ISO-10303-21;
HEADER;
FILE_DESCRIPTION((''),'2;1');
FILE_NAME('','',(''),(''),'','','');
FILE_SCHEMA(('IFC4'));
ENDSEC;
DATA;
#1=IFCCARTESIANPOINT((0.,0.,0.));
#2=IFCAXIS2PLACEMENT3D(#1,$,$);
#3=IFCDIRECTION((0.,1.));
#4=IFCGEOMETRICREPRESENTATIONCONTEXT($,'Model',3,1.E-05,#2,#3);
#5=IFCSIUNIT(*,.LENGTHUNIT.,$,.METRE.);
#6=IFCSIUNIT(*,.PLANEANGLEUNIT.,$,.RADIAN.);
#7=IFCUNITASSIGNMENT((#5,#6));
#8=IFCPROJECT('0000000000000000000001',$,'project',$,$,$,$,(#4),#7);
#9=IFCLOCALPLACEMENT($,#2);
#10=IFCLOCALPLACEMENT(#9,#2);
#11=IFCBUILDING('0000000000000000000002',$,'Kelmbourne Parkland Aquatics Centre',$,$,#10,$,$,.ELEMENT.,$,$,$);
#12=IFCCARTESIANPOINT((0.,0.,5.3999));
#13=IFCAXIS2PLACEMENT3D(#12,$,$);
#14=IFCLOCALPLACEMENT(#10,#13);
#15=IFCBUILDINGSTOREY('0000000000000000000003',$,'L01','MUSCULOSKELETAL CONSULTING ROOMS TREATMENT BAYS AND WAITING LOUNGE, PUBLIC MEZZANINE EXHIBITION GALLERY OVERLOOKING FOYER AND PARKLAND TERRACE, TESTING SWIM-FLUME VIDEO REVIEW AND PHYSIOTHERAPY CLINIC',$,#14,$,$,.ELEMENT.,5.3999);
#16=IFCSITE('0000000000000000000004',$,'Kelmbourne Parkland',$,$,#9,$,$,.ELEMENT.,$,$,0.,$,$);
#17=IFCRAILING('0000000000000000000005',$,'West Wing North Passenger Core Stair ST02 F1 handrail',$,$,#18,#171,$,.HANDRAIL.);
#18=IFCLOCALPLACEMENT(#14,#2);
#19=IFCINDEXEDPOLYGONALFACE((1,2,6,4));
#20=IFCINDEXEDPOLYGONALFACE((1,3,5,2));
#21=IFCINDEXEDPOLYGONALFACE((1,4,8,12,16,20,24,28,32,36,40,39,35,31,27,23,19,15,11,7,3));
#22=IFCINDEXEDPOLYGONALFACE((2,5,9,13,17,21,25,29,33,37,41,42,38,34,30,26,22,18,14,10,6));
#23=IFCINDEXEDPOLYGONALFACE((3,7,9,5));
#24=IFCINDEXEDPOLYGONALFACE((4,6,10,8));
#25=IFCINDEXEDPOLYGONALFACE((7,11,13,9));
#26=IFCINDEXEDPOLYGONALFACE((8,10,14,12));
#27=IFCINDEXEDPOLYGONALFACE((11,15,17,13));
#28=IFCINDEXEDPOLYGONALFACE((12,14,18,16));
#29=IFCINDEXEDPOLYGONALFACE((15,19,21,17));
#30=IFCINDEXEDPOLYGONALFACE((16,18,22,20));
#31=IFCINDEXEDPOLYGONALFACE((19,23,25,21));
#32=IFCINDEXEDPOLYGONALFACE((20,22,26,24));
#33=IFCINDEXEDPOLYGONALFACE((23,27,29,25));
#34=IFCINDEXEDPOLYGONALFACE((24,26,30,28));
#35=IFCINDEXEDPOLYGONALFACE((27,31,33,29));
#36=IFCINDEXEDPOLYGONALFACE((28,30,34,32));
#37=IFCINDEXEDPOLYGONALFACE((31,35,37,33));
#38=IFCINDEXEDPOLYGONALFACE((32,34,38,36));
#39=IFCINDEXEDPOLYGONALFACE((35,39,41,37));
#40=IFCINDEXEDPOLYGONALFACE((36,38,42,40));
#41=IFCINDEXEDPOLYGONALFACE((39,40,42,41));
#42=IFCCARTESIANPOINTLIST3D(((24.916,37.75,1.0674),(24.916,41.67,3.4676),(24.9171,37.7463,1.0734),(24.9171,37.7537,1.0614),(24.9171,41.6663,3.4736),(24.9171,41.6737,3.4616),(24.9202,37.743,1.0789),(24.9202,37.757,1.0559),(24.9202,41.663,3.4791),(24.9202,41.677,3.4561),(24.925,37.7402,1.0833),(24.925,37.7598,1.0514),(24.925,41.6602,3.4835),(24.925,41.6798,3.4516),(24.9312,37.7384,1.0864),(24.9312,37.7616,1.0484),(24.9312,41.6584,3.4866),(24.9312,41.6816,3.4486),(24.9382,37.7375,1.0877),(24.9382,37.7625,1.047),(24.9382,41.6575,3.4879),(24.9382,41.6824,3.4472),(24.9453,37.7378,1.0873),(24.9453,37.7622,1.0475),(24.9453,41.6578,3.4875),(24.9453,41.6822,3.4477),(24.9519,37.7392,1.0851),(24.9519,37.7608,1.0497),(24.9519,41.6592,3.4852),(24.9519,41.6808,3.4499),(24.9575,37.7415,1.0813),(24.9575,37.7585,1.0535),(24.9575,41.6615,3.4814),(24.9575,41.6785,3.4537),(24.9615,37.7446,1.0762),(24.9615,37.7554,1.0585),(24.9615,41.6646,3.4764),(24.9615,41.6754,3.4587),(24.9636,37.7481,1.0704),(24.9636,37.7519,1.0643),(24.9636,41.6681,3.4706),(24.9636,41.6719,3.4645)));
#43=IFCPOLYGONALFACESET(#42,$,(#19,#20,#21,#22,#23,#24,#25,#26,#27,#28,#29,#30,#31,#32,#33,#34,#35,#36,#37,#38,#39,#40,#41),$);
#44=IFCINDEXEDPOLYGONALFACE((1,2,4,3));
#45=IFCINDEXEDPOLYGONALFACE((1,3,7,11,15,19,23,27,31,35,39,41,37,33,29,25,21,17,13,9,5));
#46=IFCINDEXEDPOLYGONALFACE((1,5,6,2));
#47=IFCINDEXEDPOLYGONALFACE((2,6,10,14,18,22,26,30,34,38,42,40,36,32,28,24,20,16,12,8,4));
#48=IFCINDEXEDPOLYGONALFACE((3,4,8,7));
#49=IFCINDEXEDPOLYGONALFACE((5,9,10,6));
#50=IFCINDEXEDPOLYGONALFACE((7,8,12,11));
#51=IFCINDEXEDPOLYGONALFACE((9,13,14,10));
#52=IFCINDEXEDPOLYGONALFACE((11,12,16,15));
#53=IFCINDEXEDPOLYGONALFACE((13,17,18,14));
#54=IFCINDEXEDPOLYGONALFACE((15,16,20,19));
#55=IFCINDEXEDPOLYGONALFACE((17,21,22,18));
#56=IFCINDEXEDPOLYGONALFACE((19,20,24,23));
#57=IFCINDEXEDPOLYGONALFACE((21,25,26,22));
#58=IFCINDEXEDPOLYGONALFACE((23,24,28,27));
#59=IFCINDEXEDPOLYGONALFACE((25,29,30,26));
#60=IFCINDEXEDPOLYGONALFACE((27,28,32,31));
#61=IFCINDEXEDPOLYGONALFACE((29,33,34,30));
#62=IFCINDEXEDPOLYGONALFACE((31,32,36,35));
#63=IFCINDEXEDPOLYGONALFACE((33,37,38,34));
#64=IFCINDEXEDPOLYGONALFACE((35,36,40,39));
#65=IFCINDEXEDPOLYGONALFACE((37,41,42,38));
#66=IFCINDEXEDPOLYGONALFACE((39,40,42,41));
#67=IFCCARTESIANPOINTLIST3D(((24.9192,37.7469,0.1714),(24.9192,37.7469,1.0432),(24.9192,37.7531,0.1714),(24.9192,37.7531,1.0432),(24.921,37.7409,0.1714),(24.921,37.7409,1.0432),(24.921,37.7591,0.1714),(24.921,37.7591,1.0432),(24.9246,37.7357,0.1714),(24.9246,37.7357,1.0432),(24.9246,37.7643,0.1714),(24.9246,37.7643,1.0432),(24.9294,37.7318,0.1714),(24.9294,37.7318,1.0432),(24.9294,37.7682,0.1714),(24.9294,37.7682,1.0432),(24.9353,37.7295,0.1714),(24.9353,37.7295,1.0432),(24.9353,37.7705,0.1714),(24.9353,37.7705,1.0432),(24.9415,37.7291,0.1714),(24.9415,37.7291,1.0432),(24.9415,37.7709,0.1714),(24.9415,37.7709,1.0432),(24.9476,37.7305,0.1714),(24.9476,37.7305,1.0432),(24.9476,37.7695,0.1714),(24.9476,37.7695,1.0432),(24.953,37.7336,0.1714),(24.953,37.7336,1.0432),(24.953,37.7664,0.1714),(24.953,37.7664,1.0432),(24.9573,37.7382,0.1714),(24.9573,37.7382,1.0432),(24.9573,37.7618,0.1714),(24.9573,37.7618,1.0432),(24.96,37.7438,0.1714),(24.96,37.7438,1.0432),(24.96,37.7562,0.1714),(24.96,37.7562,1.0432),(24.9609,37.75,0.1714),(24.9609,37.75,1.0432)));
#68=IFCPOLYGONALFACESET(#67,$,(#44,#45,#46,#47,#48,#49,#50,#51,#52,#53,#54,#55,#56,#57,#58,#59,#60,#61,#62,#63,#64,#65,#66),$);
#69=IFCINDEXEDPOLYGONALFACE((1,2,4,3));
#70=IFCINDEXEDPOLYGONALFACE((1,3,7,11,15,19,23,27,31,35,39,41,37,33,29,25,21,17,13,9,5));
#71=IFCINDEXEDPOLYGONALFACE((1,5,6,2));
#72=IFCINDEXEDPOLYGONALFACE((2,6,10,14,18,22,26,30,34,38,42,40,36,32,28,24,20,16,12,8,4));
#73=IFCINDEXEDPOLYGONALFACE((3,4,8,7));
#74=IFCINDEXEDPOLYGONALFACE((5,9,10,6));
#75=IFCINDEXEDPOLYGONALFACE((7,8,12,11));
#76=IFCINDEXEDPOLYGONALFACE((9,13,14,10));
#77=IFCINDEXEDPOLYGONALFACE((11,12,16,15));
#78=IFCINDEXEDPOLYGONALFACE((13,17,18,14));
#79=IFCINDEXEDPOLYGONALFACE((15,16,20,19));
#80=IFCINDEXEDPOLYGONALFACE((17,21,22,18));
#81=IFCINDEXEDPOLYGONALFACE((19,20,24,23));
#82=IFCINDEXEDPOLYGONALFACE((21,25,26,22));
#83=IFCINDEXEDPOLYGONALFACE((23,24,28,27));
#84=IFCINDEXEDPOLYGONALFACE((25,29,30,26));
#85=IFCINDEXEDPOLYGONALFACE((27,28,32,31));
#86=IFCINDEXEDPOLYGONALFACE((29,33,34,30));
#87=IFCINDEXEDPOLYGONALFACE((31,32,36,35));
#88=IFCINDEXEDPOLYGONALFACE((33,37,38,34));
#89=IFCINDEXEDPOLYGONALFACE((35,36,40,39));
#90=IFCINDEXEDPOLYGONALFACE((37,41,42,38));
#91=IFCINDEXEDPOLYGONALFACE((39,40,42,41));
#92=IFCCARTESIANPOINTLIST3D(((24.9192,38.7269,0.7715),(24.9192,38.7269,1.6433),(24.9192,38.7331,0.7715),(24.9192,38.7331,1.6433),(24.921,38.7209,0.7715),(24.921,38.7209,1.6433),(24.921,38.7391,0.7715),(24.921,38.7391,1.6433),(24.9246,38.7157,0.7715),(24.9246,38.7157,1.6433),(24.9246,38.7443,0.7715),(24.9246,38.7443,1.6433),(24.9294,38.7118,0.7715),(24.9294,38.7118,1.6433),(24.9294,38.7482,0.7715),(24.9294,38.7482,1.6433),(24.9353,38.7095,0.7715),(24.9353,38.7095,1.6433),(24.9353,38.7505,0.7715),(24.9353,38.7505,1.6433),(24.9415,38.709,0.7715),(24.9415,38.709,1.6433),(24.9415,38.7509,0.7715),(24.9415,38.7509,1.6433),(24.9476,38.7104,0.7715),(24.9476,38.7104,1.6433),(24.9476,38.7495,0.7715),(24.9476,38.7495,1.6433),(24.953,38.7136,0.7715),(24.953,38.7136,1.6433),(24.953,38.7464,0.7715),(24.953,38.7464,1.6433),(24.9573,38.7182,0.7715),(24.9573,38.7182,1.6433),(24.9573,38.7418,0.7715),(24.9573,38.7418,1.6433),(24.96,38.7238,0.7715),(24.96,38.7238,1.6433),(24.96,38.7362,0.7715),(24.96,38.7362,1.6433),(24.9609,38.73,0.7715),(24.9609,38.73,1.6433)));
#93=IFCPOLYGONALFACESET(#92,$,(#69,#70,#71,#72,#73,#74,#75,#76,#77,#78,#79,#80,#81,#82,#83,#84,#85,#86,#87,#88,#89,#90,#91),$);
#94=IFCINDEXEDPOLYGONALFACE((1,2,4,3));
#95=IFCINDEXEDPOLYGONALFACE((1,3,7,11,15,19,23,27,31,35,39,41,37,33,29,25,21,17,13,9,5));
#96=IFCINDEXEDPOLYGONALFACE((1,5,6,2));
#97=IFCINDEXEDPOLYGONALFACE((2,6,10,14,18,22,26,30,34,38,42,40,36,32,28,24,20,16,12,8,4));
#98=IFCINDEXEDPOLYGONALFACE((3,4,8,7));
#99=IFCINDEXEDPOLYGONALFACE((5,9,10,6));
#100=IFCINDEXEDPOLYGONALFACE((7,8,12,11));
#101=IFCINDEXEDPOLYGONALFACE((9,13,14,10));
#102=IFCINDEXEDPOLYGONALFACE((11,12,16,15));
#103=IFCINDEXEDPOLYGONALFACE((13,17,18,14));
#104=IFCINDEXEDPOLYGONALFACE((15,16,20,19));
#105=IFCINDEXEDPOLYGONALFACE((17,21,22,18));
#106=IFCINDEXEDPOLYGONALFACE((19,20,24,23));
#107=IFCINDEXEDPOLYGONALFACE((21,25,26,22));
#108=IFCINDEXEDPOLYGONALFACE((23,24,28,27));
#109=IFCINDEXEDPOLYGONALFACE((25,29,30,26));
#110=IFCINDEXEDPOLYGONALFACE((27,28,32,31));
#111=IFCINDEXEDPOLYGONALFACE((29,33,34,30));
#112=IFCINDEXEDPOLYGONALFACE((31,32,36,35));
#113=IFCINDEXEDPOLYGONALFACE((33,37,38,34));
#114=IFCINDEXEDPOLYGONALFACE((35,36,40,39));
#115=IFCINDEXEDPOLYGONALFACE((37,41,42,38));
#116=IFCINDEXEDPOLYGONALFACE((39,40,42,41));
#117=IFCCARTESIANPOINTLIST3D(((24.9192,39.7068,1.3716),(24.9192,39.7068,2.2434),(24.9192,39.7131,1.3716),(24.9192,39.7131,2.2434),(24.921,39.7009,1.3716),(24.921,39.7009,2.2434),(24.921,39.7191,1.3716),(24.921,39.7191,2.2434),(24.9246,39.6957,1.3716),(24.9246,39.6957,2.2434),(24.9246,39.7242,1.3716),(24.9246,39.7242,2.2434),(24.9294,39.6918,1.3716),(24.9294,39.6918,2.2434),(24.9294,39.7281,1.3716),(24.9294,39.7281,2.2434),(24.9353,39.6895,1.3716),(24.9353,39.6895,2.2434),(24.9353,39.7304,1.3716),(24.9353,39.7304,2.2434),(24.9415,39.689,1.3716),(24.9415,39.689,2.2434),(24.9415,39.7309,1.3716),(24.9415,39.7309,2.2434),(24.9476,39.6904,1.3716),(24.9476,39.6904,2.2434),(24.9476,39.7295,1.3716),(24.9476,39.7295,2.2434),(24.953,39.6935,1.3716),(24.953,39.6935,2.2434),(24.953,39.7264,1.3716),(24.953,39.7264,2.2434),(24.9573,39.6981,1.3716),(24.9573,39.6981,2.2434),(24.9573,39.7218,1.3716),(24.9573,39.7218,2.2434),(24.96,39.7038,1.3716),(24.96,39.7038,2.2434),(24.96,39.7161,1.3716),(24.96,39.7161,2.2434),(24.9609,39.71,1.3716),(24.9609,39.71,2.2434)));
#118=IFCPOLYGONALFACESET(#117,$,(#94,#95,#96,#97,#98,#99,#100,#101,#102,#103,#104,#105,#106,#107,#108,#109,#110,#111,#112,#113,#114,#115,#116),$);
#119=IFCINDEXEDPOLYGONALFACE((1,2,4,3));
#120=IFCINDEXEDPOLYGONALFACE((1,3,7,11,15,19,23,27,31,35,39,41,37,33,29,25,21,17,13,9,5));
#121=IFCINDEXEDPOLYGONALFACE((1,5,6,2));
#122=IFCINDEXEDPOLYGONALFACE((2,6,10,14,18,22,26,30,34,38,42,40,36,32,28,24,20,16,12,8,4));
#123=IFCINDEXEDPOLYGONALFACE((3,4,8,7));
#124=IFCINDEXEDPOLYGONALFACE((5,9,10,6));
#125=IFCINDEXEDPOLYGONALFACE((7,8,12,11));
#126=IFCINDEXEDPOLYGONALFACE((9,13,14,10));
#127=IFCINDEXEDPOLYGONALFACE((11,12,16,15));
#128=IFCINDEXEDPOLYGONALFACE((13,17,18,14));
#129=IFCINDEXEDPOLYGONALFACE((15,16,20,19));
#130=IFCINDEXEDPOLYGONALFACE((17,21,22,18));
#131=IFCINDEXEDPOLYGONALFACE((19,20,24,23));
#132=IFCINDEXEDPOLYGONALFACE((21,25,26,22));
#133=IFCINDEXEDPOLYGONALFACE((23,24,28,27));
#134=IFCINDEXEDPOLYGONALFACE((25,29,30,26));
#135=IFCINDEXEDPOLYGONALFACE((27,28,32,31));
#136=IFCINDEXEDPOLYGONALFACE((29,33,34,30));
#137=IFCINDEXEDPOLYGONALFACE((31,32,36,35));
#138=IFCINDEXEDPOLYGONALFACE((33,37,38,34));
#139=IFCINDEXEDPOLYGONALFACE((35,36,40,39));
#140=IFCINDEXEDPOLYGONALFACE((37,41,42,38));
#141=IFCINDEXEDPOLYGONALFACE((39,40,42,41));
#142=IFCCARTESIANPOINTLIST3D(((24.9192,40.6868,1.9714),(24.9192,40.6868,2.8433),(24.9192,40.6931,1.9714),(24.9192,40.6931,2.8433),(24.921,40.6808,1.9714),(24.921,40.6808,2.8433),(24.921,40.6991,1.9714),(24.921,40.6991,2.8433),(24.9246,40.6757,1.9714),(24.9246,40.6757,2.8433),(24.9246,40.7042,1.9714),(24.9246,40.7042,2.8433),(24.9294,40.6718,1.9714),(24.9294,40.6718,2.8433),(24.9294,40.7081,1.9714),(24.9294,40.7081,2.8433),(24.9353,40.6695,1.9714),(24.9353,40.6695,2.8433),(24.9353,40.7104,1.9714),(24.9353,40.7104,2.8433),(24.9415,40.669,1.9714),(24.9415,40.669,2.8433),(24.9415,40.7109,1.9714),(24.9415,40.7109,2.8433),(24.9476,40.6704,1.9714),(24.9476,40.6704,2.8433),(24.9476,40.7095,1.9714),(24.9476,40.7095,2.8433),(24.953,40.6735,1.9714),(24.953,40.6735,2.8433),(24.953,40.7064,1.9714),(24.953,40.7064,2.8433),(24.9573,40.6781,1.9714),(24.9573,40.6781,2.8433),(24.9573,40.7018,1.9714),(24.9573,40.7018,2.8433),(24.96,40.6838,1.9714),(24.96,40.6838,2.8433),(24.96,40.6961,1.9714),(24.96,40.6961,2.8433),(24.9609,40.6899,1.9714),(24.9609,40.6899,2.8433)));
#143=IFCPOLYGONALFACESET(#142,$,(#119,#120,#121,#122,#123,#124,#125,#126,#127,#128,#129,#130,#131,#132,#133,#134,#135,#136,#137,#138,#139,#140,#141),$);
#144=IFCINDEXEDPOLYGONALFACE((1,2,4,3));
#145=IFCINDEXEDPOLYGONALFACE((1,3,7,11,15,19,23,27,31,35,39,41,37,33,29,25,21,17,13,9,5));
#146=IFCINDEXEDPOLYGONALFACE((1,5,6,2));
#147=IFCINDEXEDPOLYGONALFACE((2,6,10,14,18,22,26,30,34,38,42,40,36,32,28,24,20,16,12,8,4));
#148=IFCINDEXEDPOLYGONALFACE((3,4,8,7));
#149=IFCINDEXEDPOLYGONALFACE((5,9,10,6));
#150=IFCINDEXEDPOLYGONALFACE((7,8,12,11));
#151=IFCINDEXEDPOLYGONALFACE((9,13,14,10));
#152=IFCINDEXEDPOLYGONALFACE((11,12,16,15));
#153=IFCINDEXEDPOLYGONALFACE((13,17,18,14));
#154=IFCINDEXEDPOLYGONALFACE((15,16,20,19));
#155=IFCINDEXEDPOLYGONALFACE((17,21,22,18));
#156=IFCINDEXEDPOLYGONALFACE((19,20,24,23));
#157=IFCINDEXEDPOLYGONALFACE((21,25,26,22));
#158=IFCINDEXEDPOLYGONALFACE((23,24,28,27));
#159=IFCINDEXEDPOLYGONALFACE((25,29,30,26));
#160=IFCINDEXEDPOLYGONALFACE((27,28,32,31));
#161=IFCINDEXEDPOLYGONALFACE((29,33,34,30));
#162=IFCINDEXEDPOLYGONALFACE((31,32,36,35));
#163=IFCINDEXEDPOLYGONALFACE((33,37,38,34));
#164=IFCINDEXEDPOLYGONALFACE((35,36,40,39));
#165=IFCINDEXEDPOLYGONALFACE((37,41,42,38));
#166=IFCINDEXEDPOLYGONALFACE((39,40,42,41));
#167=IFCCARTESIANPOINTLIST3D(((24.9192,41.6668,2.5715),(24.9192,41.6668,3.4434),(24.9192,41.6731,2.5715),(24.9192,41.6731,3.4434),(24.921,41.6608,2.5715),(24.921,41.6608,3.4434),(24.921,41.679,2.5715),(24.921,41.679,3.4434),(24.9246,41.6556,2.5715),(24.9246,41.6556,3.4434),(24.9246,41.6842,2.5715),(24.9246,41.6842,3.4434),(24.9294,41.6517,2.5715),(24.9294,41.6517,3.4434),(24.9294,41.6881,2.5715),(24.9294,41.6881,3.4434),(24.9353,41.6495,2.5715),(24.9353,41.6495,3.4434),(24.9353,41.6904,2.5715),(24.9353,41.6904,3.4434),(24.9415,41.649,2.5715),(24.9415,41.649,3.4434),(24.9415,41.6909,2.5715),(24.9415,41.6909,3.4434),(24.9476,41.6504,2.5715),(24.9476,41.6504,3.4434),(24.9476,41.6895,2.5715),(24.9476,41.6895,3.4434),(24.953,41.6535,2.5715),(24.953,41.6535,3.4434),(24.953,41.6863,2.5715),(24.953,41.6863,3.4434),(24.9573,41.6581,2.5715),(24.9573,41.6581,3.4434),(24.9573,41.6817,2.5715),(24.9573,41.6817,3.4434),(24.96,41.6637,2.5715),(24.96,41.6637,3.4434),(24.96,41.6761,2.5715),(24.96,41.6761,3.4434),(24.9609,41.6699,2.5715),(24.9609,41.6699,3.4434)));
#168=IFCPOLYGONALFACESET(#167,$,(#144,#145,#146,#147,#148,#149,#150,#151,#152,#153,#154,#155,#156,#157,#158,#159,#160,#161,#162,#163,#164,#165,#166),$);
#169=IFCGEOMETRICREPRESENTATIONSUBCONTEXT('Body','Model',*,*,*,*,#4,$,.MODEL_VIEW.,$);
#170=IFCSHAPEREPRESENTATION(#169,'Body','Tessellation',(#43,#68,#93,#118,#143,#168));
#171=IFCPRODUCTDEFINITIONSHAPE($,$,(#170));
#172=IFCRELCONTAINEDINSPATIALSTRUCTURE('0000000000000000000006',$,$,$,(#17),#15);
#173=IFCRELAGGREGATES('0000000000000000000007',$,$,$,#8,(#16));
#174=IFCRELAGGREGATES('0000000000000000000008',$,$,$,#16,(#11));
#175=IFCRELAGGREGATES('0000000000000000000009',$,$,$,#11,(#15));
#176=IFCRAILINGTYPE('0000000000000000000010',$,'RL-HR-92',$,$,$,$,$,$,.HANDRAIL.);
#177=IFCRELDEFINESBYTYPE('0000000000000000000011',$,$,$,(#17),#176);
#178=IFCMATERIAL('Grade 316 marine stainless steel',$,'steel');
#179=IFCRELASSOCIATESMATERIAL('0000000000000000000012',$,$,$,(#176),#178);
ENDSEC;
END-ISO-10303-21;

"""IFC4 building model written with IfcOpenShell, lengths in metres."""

from ifc_helpers import new_model, si_unit, direction, frame, origin, origin_2d, place, context, subcontext, project, spatial, circle, extrude, material, type_object, element, save


model = new_model("IFC4")

# Units and contexts
model_context = context("Model", 3, precision=1e-05, world=origin(), true_north=direction((0.0, 1.0)))
body_context = subcontext(model_context, "Body", "Model", "MODEL_VIEW")
ifc_project = project(units=[si_unit("LENGTHUNIT", "METRE"), si_unit("PLANEANGLEUNIT", "RADIAN")], contexts=[model_context])

# Site, building, storey
site_placement = place(None, origin())
site = spatial("IfcSite", under=ifc_project, at=site_placement, Name="Kelmbourne Parkland", CompositionType="ELEMENT", RefElevation=0.0)
building_placement = place(site_placement, origin())
building = spatial("IfcBuilding", under=site, at=building_placement, Name="Kelmbourne Parkland Aquatics Centre", CompositionType="ELEMENT")
storey_placement = place(building_placement, frame((0.0, 0.0, 5.3999)))
storey = spatial("IfcBuildingStorey", under=building, at=storey_placement, Name="L01", Description="MUSCULOSKELETAL CONSULTING ROOMS TREATMENT BAYS AND WAITING LOUNGE, PUBLIC MEZZANINE EXHIBITION GALLERY OVERLOOKING FOYER AND PARKLAND TERRACE, TESTING SWIM-FLUME VIDEO REVIEW AND PHYSIOTHERAPY CLINIC", CompositionType="ELEMENT", Elevation=5.3999)

# Railing
ifc_material_1 = material(Name="Grade 316 marine stainless steel", Category="steel")
railing_type_1 = type_object("IfcRailingType", Name="RL-HR-92", PredefinedType="HANDRAIL", material=ifc_material_1)
railing_1_placement = place(storey_placement, frame((24.9399, 37.75, 0.1714)))
element("IfcRailing", 1, at=railing_1_placement, inside=storey, type_object=railing_type_1, Name="West Wing North Passenger Core Stair ST02 F1 handrail", PredefinedType="HANDRAIL", context=body_context, shape_type="SweptSolid", body=[
    extrude(circle(Radius=0.0239, at=origin_2d()), frame((0.0, 0.0, 0.896), z_axis=(0.0, 0.852832, 0.522185), x_axis=(-1.0, 0.0, 0.0)), (0.0, 0.0, 1.0), 4.5964),
    extrude(circle(Radius=0.021, at=origin_2d()), origin(), (0.0, 0.0, 1.0), 0.8718),
    extrude(circle(Radius=0.021, at=origin_2d()), frame((0.0, 0.98, 0.6001)), (0.0, 0.0, 1.0), 0.8718),
    extrude(circle(Radius=0.021, at=origin_2d()), frame((0.0, 1.96, 1.2002)), (0.0, 0.0, 1.0), 0.8718),
    extrude(circle(Radius=0.021, at=origin_2d()), frame((0.0, 2.9399, 1.8)), (0.0, 0.0, 1.0), 0.8718),
    extrude(circle(Radius=0.021, at=origin_2d()), frame((0.0, 3.9199, 2.4001)), (0.0, 0.0, 1.0), 0.8718),
])

save(model, "model.ifc")
